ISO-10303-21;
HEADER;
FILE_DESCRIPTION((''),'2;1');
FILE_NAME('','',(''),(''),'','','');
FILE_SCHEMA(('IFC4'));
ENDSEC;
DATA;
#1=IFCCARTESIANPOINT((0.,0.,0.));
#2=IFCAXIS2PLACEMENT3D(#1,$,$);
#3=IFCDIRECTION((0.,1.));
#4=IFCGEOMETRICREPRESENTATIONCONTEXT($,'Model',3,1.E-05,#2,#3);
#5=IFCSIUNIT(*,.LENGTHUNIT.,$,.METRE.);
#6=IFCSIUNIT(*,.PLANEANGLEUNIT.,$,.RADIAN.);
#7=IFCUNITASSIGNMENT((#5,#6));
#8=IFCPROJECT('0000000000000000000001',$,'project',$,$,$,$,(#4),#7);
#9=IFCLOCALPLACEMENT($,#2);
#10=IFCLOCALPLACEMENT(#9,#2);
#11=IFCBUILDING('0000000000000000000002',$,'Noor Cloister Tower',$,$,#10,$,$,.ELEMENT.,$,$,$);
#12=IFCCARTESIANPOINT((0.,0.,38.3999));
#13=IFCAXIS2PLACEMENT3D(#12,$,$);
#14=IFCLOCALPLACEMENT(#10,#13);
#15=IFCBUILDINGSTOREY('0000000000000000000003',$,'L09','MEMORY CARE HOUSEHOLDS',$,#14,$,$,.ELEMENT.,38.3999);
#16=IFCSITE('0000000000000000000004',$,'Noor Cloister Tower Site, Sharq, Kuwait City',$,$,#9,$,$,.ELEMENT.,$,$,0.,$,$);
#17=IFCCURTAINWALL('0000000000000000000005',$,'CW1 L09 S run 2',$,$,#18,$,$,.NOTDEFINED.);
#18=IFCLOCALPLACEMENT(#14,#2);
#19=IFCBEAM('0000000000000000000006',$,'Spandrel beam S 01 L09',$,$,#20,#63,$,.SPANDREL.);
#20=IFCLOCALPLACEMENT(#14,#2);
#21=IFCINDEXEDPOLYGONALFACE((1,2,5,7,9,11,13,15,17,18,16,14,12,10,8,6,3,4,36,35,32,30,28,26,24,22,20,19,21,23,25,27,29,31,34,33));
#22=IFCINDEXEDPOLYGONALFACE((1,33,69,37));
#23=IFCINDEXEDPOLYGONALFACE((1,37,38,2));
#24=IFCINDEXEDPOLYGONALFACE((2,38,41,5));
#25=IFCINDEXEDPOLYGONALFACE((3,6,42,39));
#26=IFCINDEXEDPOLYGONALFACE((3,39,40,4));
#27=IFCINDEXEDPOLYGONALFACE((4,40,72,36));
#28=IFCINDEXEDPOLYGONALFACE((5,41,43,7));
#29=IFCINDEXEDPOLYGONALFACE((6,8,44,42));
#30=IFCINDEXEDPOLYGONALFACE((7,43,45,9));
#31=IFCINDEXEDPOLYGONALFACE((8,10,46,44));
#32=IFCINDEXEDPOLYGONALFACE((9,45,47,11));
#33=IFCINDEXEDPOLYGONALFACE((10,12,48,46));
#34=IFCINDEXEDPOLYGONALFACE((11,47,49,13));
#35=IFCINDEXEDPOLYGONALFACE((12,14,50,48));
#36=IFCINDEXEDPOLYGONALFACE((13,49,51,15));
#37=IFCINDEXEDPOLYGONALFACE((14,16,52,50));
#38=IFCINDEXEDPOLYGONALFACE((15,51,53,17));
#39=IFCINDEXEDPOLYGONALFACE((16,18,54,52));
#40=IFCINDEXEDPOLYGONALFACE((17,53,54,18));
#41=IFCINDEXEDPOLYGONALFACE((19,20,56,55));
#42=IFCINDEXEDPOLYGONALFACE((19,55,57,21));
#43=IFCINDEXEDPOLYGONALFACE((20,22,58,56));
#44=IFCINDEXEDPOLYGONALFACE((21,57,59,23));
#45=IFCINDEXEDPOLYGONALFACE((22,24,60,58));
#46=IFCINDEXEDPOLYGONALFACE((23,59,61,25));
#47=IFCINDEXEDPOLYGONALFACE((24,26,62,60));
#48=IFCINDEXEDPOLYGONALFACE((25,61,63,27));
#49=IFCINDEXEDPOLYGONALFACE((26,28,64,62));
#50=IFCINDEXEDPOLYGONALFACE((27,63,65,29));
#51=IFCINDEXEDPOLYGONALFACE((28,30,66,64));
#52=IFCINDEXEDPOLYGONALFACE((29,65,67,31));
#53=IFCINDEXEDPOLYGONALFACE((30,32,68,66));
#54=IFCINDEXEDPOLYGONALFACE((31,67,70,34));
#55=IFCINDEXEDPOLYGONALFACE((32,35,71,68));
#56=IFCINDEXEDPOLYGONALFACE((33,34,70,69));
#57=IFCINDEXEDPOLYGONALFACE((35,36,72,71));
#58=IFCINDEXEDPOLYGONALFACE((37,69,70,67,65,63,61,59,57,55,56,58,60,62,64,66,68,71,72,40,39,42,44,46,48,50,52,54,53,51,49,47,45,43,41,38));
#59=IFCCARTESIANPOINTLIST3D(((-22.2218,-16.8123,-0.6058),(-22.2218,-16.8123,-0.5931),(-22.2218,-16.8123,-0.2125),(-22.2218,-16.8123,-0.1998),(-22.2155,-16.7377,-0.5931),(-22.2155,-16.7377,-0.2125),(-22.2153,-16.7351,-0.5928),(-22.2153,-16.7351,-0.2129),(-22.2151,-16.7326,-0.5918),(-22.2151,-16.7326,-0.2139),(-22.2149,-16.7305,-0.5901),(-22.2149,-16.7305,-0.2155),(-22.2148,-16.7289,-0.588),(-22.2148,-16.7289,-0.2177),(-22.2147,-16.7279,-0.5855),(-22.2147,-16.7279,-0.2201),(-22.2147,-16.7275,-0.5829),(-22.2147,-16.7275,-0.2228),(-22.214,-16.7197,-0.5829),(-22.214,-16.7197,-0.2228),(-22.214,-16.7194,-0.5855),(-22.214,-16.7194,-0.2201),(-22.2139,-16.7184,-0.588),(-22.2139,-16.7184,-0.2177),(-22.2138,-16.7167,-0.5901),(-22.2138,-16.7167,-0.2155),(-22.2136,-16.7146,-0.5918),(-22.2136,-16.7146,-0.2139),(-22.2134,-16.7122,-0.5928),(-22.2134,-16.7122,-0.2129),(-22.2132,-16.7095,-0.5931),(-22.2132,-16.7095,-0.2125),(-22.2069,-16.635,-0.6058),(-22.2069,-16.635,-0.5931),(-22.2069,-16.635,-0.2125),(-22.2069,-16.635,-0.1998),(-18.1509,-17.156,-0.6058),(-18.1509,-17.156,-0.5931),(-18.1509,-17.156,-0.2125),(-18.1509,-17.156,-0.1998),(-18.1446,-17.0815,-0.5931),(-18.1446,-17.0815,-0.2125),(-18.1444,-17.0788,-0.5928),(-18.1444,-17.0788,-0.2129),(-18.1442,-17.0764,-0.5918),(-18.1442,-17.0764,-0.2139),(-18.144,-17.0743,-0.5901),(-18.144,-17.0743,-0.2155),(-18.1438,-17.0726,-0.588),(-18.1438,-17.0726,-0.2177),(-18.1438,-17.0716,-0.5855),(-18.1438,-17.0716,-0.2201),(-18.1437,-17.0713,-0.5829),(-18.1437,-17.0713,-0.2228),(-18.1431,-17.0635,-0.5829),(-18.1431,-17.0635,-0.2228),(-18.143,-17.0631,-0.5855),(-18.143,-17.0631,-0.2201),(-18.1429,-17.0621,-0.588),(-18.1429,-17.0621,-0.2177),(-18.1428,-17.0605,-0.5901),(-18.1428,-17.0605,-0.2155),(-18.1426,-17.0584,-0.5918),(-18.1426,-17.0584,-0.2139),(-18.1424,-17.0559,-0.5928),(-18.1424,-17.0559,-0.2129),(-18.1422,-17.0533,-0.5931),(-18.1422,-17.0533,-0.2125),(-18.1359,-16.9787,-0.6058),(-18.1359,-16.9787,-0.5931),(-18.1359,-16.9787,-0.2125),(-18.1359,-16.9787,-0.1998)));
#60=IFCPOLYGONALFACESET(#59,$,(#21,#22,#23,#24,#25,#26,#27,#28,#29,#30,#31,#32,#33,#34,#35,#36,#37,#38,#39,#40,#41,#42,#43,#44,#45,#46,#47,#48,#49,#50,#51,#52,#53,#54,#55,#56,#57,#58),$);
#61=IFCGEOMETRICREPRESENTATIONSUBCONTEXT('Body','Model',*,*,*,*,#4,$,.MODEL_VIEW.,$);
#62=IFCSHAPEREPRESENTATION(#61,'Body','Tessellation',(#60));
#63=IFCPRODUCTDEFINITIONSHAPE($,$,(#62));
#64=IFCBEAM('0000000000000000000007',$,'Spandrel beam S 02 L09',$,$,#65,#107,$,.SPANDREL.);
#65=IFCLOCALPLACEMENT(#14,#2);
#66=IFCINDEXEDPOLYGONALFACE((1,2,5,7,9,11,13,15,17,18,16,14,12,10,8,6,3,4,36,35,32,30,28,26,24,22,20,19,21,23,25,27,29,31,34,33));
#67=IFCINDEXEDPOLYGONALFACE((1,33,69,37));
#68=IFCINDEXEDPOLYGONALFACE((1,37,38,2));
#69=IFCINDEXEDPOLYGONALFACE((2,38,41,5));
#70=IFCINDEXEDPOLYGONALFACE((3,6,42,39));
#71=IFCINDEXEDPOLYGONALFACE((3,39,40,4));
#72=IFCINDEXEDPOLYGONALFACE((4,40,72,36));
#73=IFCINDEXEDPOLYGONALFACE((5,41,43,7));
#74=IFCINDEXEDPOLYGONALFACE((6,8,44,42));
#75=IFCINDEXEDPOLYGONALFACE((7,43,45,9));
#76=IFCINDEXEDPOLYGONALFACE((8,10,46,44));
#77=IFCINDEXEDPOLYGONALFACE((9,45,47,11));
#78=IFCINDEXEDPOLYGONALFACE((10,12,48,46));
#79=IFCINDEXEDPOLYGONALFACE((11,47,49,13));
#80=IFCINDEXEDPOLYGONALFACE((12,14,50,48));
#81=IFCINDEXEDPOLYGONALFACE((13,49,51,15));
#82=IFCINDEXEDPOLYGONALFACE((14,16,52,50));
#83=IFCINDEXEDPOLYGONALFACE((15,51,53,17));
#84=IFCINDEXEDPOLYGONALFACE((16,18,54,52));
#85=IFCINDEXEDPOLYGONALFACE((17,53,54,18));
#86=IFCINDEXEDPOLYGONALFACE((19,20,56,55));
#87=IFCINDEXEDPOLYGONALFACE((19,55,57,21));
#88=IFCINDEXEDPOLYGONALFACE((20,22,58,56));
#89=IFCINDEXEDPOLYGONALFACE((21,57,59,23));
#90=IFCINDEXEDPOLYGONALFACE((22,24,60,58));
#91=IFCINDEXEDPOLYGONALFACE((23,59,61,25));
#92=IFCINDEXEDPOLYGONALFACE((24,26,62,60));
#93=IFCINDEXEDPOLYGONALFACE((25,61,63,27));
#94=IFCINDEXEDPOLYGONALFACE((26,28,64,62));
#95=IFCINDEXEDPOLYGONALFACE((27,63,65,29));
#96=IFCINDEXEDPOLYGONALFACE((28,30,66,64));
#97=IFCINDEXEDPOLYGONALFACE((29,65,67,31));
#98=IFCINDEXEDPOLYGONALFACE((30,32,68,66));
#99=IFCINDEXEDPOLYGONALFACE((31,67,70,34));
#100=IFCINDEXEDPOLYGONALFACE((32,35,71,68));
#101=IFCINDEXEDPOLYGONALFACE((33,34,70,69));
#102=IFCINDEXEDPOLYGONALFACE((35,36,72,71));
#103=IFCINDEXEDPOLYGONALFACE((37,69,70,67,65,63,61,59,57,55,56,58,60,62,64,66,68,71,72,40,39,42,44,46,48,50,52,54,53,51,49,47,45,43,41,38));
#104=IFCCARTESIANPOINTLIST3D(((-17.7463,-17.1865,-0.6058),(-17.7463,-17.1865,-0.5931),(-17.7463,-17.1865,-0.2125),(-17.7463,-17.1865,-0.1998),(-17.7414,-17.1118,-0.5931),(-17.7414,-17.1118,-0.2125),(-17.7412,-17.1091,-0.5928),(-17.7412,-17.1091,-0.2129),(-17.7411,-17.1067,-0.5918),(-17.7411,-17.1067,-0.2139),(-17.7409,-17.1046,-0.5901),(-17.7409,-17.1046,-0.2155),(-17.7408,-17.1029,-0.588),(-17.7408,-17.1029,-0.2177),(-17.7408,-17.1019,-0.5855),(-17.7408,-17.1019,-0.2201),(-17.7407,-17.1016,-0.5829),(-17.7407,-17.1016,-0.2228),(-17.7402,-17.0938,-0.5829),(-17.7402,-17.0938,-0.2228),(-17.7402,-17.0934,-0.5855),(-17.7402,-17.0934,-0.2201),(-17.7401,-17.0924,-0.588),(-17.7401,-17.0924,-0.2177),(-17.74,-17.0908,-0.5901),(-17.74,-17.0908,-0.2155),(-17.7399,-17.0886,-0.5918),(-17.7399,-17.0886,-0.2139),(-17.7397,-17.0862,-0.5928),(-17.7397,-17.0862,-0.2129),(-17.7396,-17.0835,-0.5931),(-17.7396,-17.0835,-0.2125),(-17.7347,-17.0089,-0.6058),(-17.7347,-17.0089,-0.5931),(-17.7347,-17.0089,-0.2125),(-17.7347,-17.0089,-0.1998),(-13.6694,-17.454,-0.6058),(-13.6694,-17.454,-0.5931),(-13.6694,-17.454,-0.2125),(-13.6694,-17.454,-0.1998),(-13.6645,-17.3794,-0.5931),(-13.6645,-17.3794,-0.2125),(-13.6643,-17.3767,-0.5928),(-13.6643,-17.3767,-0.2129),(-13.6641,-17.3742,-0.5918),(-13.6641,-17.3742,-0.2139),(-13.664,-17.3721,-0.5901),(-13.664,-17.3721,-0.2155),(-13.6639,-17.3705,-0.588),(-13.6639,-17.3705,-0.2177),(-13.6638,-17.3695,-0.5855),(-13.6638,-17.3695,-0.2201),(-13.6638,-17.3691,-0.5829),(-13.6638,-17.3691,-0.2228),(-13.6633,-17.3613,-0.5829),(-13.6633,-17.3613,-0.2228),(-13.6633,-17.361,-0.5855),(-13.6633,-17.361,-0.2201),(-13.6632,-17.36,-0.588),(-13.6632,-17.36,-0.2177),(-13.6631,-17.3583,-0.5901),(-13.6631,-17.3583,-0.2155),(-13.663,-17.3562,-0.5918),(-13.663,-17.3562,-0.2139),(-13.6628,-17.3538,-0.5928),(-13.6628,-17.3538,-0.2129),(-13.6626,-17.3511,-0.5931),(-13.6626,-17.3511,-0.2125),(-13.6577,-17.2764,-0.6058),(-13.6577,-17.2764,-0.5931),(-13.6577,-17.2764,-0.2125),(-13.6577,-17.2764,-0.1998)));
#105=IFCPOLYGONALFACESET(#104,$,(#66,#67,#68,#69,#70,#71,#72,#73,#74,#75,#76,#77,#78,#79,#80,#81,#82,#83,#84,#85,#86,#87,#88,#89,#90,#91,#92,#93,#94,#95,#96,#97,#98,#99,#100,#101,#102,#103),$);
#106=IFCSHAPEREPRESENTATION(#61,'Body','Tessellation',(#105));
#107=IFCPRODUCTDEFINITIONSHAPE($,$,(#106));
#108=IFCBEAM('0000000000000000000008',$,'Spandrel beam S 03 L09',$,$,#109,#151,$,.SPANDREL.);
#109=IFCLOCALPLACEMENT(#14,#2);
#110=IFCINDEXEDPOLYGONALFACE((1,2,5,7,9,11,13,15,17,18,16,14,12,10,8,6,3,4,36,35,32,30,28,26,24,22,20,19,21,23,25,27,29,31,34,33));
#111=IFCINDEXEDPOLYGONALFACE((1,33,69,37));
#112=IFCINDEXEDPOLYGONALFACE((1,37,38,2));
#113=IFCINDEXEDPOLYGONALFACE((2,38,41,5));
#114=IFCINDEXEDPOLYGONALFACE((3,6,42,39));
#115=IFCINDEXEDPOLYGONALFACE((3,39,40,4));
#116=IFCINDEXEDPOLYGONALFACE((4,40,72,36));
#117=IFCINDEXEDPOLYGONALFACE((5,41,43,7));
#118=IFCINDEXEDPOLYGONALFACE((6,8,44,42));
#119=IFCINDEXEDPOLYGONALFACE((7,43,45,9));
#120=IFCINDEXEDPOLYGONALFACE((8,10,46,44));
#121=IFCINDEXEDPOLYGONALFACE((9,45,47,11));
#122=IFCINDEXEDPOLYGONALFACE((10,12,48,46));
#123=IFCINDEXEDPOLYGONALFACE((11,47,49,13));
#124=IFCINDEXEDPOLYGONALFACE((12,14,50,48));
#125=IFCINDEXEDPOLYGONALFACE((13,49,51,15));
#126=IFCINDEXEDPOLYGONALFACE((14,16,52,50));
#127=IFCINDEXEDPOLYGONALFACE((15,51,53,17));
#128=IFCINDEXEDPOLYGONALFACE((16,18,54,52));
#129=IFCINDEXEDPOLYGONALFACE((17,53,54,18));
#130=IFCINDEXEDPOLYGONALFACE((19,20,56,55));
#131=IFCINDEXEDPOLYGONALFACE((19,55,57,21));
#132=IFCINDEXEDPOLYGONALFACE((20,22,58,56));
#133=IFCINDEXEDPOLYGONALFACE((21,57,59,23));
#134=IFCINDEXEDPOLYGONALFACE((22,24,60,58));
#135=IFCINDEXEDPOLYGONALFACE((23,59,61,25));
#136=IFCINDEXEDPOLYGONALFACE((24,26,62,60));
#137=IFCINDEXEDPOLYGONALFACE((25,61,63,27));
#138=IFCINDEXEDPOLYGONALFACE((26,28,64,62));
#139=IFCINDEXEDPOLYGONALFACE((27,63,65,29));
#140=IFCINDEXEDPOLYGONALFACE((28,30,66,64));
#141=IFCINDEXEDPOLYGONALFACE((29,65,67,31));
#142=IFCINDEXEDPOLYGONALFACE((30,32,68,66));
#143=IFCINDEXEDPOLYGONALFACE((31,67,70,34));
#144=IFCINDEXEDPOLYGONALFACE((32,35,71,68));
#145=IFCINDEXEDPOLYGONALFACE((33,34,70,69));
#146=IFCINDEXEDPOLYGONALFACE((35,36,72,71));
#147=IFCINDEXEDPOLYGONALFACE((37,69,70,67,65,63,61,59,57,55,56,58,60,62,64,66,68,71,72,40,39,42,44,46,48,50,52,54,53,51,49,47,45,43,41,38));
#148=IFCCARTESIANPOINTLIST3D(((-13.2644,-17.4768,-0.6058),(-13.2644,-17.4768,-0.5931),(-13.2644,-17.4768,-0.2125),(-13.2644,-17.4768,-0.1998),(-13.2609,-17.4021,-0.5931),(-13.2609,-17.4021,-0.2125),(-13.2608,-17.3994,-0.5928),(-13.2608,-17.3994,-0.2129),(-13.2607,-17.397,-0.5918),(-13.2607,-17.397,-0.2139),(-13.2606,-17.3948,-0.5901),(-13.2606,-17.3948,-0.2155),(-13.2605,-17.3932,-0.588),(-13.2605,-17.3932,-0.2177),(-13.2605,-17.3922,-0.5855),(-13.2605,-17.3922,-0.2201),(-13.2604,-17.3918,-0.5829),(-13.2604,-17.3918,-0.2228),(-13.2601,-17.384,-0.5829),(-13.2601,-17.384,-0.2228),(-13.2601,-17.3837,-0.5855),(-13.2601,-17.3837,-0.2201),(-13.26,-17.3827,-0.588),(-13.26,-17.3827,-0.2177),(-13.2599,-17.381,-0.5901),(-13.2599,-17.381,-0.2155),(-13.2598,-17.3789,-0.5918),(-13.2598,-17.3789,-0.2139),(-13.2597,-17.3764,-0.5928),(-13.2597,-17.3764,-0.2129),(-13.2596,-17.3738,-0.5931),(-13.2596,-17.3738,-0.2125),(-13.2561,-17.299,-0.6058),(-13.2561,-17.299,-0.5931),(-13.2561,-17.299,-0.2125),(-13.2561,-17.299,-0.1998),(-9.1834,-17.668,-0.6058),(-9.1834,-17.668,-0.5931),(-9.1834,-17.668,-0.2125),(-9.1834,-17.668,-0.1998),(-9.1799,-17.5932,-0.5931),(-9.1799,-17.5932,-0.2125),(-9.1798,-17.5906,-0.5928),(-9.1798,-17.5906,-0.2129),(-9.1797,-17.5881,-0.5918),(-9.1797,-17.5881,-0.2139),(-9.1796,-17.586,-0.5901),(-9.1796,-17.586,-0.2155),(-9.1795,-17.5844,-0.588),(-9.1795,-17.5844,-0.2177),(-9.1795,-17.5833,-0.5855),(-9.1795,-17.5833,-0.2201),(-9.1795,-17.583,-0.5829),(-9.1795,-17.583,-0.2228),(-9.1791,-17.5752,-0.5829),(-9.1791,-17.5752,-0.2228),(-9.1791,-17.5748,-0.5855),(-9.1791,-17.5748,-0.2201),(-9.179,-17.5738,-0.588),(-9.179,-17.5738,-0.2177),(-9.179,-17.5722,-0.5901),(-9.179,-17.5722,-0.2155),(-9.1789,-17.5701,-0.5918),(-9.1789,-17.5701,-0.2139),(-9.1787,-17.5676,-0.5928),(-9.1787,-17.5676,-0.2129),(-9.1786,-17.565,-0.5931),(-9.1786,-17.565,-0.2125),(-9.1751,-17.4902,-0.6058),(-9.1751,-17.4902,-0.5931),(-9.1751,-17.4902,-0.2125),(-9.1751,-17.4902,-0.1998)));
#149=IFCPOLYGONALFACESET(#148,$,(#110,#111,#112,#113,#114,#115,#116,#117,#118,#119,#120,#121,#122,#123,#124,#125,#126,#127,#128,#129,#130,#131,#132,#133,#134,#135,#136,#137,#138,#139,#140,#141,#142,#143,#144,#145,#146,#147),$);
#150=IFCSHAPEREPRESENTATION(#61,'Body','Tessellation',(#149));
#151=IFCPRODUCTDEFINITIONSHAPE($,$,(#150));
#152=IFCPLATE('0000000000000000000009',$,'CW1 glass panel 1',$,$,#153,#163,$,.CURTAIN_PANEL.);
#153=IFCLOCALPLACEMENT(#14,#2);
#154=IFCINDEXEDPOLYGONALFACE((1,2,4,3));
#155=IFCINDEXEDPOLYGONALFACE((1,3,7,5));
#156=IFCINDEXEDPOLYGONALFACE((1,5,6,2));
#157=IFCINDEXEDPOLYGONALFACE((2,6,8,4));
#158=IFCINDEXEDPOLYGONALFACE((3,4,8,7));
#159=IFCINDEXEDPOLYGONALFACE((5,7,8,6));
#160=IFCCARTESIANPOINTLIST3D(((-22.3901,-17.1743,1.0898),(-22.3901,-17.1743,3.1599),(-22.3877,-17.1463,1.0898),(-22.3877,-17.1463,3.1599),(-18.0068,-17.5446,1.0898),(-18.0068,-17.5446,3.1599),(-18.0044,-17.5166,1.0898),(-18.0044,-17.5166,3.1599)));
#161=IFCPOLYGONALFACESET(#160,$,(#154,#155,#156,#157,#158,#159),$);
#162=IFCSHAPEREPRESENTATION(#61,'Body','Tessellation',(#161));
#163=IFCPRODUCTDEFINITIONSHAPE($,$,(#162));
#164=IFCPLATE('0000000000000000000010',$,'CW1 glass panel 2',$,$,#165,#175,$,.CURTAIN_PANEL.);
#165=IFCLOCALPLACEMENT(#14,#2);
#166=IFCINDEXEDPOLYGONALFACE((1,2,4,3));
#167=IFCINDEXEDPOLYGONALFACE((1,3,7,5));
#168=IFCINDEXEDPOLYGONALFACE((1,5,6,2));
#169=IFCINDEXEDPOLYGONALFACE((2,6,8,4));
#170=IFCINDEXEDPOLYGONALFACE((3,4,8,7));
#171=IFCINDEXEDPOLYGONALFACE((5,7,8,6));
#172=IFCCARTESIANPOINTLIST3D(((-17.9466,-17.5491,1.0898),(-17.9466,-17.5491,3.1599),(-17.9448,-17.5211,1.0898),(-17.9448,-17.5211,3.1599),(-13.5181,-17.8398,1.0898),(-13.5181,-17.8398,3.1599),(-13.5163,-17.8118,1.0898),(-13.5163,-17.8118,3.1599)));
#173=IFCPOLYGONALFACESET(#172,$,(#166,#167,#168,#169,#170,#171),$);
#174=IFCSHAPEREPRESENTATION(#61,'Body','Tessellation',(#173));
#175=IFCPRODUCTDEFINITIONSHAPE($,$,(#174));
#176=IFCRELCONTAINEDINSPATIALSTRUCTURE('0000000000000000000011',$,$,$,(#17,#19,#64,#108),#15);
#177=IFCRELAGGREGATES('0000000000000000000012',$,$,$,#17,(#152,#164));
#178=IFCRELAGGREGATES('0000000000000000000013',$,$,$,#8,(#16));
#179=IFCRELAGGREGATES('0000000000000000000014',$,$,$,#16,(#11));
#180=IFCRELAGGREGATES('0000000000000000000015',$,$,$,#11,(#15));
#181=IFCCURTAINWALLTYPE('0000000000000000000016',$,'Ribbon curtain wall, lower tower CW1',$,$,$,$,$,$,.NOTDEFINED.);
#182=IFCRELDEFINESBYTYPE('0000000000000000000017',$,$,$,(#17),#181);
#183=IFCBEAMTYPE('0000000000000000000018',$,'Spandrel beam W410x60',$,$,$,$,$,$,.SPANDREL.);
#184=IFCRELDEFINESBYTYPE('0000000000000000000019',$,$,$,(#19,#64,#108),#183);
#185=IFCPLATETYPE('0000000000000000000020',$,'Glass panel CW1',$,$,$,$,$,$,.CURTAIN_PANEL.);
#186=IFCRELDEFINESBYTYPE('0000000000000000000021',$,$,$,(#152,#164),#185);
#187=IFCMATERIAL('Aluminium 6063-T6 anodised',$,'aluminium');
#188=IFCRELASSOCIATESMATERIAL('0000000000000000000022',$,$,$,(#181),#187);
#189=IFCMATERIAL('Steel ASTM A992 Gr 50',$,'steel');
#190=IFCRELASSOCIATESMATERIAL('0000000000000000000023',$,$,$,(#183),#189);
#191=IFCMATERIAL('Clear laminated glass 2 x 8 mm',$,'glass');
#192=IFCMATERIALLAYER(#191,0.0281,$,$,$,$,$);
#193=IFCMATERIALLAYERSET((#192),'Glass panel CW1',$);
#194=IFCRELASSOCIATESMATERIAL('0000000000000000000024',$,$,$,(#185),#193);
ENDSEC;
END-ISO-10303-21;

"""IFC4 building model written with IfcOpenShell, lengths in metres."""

from ifc_helpers import new_model, si_unit, direction, frame, origin, origin_2d, place, context, subcontext, project, spatial, rectangle, i_section, extrude, material, layer, layer_set, material_profile, profile_set, type_object, element, aggregate, save


model = new_model("IFC4")

# Units and contexts
model_context = context("Model", 3, precision=1e-05, world=origin(), true_north=direction((0.0, 1.0)))
body_context = subcontext(model_context, "Body", "Model", "MODEL_VIEW")
ifc_project = project(units=[si_unit("LENGTHUNIT", "METRE"), si_unit("PLANEANGLEUNIT", "RADIAN")], contexts=[model_context])

# Site, building, storey
site_placement = place(None, origin())
site = spatial("IfcSite", under=ifc_project, at=site_placement, Name="Noor Cloister Tower Site, Sharq, Kuwait City", CompositionType="ELEMENT", RefElevation=0.0)
building_placement = place(site_placement, origin())
building = spatial("IfcBuilding", under=site, at=building_placement, Name="Noor Cloister Tower", CompositionType="ELEMENT")
storey_placement = place(building_placement, frame((0.0, 0.0, 38.3999)))
storey = spatial("IfcBuildingStorey", under=building, at=storey_placement, Name="L09", Description="MEMORY CARE HOUSEHOLDS", CompositionType="ELEMENT", Elevation=38.3999)

# Curtain wall
ifc_material_1 = material(Name="Aluminium 6063-T6 anodised", Category="aluminium")
curtain_wall_type = type_object("IfcCurtainWallType", Name="Ribbon curtain wall, lower tower CW1", PredefinedType="NOTDEFINED", material=ifc_material_1)
curtain_wall_placement = place(storey_placement, origin())
curtain_wall = element("IfcCurtainWall", 1, at=curtain_wall_placement, inside=storey, type_object=curtain_wall_type, Name="CW1 L09 S run 2", PredefinedType="NOTDEFINED")

# Beams
ifc_material_2 = material(Name="Steel ASTM A992 Gr 50", Category="steel")
ifc_material_profile_1 = material_profile(ifc_material_2, i_section(OverallWidth=0.178, OverallDepth=0.406, WebThickness=0.0078, FlangeThickness=0.0127, FilletRadius=0.0103, at=origin_2d()), Name="W410x60")
ifc_profile_set_1 = profile_set([ifc_material_profile_1], Name="Steel ASTM A992 Gr 50")
beam_type_1 = type_object("IfcBeamType", Name="Spandrel beam W410x60", PredefinedType="SPANDREL", material=ifc_profile_set_1)
beam_1_placement = place(storey_placement, frame((-22.2144, -16.7236, -0.4028), z_axis=(0.996454, -0.084138, 0.0), x_axis=(0.084138, 0.996454, 0.0)))
element("IfcBeam", 2, at=beam_1_placement, inside=storey, type_object=beam_type_1, Name="Spandrel beam S 01 L09", PredefinedType="SPANDREL", context=body_context, shape_type="SweptSolid", body=[
    extrude(i_section(OverallWidth=0.178, OverallDepth=0.406, WebThickness=0.0078, FlangeThickness=0.0127, FilletRadius=0.0103, at=origin_2d()), origin(), (0.0, 0.0, 1.0), 4.0854),
])
beam_2_placement = place(storey_placement, frame((-17.7405, -17.0977, -0.4028), z_axis=(0.997853, -0.065492, 0.0), x_axis=(0.065492, 0.997853, 0.0)))
element("IfcBeam", 3, at=beam_2_placement, inside=storey, type_object=beam_type_1, Name="Spandrel beam S 02 L09", PredefinedType="SPANDREL", context=body_context, shape_type="SweptSolid", body=[
    extrude(i_section(OverallWidth=0.178, OverallDepth=0.406, WebThickness=0.0078, FlangeThickness=0.0127, FilletRadius=0.0103, at=origin_2d()), origin(), (0.0, 0.0, 1.0), 4.0857),
])
beam_3_placement = place(storey_placement, frame((-13.2603, -17.3879, -0.4028), z_axis=(0.998905, -0.04679, 0.0), x_axis=(0.04679, 0.998905, 0.0)))
element("IfcBeam", 4, at=beam_3_placement, inside=storey, type_object=beam_type_1, Name="Spandrel beam S 03 L09", PredefinedType="SPANDREL", context=body_context, shape_type="SweptSolid", body=[
    extrude(i_section(OverallWidth=0.178, OverallDepth=0.406, WebThickness=0.0078, FlangeThickness=0.0127, FilletRadius=0.0103, at=origin_2d()), origin(), (0.0, 0.0, 1.0), 4.0854),
])

# Plates
ifc_material_3 = material(Name="Clear laminated glass 2 x 8 mm", Category="glass")
ifc_layer = layer(ifc_material_3, 0.0281)
ifc_layer_set = layer_set([ifc_layer], Name="Glass panel CW1")
plate_type = type_object("IfcPlateType", Name="Glass panel CW1", PredefinedType="CURTAIN_PANEL", material=ifc_layer_set)
plate_1_placement = place(storey_placement, frame((-20.1973, -17.3455, 1.0898), z_axis=(0.0, 0.0, 1.0), x_axis=(0.996451, -0.084174, 0.0)))
plate_1 = element("IfcPlate", 5, at=plate_1_placement, type_object=plate_type, Name="CW1 glass panel 1", PredefinedType="CURTAIN_PANEL", context=body_context, shape_type="SweptSolid", body=[
    extrude(rectangle(XDim=4.3989, YDim=0.0281, at=origin_2d()), origin(), (0.0, 0.0, 1.0), 2.0701),
])
plate_2_placement = place(storey_placement, frame((-15.7314, -17.6804, 1.0898), z_axis=(0.0, 0.0, 1.0), x_axis=(0.997853, -0.065499, 0.0)))
plate_2 = element("IfcPlate", 6, at=plate_2_placement, type_object=plate_type, Name="CW1 glass panel 2", PredefinedType="CURTAIN_PANEL", context=body_context, shape_type="SweptSolid", body=[
    extrude(rectangle(XDim=4.438, YDim=0.0281, at=origin_2d()), origin(), (0.0, 0.0, 1.0), 2.0701),
])
aggregate(curtain_wall, [plate_1, plate_2])

save(model, "model.ifc")
